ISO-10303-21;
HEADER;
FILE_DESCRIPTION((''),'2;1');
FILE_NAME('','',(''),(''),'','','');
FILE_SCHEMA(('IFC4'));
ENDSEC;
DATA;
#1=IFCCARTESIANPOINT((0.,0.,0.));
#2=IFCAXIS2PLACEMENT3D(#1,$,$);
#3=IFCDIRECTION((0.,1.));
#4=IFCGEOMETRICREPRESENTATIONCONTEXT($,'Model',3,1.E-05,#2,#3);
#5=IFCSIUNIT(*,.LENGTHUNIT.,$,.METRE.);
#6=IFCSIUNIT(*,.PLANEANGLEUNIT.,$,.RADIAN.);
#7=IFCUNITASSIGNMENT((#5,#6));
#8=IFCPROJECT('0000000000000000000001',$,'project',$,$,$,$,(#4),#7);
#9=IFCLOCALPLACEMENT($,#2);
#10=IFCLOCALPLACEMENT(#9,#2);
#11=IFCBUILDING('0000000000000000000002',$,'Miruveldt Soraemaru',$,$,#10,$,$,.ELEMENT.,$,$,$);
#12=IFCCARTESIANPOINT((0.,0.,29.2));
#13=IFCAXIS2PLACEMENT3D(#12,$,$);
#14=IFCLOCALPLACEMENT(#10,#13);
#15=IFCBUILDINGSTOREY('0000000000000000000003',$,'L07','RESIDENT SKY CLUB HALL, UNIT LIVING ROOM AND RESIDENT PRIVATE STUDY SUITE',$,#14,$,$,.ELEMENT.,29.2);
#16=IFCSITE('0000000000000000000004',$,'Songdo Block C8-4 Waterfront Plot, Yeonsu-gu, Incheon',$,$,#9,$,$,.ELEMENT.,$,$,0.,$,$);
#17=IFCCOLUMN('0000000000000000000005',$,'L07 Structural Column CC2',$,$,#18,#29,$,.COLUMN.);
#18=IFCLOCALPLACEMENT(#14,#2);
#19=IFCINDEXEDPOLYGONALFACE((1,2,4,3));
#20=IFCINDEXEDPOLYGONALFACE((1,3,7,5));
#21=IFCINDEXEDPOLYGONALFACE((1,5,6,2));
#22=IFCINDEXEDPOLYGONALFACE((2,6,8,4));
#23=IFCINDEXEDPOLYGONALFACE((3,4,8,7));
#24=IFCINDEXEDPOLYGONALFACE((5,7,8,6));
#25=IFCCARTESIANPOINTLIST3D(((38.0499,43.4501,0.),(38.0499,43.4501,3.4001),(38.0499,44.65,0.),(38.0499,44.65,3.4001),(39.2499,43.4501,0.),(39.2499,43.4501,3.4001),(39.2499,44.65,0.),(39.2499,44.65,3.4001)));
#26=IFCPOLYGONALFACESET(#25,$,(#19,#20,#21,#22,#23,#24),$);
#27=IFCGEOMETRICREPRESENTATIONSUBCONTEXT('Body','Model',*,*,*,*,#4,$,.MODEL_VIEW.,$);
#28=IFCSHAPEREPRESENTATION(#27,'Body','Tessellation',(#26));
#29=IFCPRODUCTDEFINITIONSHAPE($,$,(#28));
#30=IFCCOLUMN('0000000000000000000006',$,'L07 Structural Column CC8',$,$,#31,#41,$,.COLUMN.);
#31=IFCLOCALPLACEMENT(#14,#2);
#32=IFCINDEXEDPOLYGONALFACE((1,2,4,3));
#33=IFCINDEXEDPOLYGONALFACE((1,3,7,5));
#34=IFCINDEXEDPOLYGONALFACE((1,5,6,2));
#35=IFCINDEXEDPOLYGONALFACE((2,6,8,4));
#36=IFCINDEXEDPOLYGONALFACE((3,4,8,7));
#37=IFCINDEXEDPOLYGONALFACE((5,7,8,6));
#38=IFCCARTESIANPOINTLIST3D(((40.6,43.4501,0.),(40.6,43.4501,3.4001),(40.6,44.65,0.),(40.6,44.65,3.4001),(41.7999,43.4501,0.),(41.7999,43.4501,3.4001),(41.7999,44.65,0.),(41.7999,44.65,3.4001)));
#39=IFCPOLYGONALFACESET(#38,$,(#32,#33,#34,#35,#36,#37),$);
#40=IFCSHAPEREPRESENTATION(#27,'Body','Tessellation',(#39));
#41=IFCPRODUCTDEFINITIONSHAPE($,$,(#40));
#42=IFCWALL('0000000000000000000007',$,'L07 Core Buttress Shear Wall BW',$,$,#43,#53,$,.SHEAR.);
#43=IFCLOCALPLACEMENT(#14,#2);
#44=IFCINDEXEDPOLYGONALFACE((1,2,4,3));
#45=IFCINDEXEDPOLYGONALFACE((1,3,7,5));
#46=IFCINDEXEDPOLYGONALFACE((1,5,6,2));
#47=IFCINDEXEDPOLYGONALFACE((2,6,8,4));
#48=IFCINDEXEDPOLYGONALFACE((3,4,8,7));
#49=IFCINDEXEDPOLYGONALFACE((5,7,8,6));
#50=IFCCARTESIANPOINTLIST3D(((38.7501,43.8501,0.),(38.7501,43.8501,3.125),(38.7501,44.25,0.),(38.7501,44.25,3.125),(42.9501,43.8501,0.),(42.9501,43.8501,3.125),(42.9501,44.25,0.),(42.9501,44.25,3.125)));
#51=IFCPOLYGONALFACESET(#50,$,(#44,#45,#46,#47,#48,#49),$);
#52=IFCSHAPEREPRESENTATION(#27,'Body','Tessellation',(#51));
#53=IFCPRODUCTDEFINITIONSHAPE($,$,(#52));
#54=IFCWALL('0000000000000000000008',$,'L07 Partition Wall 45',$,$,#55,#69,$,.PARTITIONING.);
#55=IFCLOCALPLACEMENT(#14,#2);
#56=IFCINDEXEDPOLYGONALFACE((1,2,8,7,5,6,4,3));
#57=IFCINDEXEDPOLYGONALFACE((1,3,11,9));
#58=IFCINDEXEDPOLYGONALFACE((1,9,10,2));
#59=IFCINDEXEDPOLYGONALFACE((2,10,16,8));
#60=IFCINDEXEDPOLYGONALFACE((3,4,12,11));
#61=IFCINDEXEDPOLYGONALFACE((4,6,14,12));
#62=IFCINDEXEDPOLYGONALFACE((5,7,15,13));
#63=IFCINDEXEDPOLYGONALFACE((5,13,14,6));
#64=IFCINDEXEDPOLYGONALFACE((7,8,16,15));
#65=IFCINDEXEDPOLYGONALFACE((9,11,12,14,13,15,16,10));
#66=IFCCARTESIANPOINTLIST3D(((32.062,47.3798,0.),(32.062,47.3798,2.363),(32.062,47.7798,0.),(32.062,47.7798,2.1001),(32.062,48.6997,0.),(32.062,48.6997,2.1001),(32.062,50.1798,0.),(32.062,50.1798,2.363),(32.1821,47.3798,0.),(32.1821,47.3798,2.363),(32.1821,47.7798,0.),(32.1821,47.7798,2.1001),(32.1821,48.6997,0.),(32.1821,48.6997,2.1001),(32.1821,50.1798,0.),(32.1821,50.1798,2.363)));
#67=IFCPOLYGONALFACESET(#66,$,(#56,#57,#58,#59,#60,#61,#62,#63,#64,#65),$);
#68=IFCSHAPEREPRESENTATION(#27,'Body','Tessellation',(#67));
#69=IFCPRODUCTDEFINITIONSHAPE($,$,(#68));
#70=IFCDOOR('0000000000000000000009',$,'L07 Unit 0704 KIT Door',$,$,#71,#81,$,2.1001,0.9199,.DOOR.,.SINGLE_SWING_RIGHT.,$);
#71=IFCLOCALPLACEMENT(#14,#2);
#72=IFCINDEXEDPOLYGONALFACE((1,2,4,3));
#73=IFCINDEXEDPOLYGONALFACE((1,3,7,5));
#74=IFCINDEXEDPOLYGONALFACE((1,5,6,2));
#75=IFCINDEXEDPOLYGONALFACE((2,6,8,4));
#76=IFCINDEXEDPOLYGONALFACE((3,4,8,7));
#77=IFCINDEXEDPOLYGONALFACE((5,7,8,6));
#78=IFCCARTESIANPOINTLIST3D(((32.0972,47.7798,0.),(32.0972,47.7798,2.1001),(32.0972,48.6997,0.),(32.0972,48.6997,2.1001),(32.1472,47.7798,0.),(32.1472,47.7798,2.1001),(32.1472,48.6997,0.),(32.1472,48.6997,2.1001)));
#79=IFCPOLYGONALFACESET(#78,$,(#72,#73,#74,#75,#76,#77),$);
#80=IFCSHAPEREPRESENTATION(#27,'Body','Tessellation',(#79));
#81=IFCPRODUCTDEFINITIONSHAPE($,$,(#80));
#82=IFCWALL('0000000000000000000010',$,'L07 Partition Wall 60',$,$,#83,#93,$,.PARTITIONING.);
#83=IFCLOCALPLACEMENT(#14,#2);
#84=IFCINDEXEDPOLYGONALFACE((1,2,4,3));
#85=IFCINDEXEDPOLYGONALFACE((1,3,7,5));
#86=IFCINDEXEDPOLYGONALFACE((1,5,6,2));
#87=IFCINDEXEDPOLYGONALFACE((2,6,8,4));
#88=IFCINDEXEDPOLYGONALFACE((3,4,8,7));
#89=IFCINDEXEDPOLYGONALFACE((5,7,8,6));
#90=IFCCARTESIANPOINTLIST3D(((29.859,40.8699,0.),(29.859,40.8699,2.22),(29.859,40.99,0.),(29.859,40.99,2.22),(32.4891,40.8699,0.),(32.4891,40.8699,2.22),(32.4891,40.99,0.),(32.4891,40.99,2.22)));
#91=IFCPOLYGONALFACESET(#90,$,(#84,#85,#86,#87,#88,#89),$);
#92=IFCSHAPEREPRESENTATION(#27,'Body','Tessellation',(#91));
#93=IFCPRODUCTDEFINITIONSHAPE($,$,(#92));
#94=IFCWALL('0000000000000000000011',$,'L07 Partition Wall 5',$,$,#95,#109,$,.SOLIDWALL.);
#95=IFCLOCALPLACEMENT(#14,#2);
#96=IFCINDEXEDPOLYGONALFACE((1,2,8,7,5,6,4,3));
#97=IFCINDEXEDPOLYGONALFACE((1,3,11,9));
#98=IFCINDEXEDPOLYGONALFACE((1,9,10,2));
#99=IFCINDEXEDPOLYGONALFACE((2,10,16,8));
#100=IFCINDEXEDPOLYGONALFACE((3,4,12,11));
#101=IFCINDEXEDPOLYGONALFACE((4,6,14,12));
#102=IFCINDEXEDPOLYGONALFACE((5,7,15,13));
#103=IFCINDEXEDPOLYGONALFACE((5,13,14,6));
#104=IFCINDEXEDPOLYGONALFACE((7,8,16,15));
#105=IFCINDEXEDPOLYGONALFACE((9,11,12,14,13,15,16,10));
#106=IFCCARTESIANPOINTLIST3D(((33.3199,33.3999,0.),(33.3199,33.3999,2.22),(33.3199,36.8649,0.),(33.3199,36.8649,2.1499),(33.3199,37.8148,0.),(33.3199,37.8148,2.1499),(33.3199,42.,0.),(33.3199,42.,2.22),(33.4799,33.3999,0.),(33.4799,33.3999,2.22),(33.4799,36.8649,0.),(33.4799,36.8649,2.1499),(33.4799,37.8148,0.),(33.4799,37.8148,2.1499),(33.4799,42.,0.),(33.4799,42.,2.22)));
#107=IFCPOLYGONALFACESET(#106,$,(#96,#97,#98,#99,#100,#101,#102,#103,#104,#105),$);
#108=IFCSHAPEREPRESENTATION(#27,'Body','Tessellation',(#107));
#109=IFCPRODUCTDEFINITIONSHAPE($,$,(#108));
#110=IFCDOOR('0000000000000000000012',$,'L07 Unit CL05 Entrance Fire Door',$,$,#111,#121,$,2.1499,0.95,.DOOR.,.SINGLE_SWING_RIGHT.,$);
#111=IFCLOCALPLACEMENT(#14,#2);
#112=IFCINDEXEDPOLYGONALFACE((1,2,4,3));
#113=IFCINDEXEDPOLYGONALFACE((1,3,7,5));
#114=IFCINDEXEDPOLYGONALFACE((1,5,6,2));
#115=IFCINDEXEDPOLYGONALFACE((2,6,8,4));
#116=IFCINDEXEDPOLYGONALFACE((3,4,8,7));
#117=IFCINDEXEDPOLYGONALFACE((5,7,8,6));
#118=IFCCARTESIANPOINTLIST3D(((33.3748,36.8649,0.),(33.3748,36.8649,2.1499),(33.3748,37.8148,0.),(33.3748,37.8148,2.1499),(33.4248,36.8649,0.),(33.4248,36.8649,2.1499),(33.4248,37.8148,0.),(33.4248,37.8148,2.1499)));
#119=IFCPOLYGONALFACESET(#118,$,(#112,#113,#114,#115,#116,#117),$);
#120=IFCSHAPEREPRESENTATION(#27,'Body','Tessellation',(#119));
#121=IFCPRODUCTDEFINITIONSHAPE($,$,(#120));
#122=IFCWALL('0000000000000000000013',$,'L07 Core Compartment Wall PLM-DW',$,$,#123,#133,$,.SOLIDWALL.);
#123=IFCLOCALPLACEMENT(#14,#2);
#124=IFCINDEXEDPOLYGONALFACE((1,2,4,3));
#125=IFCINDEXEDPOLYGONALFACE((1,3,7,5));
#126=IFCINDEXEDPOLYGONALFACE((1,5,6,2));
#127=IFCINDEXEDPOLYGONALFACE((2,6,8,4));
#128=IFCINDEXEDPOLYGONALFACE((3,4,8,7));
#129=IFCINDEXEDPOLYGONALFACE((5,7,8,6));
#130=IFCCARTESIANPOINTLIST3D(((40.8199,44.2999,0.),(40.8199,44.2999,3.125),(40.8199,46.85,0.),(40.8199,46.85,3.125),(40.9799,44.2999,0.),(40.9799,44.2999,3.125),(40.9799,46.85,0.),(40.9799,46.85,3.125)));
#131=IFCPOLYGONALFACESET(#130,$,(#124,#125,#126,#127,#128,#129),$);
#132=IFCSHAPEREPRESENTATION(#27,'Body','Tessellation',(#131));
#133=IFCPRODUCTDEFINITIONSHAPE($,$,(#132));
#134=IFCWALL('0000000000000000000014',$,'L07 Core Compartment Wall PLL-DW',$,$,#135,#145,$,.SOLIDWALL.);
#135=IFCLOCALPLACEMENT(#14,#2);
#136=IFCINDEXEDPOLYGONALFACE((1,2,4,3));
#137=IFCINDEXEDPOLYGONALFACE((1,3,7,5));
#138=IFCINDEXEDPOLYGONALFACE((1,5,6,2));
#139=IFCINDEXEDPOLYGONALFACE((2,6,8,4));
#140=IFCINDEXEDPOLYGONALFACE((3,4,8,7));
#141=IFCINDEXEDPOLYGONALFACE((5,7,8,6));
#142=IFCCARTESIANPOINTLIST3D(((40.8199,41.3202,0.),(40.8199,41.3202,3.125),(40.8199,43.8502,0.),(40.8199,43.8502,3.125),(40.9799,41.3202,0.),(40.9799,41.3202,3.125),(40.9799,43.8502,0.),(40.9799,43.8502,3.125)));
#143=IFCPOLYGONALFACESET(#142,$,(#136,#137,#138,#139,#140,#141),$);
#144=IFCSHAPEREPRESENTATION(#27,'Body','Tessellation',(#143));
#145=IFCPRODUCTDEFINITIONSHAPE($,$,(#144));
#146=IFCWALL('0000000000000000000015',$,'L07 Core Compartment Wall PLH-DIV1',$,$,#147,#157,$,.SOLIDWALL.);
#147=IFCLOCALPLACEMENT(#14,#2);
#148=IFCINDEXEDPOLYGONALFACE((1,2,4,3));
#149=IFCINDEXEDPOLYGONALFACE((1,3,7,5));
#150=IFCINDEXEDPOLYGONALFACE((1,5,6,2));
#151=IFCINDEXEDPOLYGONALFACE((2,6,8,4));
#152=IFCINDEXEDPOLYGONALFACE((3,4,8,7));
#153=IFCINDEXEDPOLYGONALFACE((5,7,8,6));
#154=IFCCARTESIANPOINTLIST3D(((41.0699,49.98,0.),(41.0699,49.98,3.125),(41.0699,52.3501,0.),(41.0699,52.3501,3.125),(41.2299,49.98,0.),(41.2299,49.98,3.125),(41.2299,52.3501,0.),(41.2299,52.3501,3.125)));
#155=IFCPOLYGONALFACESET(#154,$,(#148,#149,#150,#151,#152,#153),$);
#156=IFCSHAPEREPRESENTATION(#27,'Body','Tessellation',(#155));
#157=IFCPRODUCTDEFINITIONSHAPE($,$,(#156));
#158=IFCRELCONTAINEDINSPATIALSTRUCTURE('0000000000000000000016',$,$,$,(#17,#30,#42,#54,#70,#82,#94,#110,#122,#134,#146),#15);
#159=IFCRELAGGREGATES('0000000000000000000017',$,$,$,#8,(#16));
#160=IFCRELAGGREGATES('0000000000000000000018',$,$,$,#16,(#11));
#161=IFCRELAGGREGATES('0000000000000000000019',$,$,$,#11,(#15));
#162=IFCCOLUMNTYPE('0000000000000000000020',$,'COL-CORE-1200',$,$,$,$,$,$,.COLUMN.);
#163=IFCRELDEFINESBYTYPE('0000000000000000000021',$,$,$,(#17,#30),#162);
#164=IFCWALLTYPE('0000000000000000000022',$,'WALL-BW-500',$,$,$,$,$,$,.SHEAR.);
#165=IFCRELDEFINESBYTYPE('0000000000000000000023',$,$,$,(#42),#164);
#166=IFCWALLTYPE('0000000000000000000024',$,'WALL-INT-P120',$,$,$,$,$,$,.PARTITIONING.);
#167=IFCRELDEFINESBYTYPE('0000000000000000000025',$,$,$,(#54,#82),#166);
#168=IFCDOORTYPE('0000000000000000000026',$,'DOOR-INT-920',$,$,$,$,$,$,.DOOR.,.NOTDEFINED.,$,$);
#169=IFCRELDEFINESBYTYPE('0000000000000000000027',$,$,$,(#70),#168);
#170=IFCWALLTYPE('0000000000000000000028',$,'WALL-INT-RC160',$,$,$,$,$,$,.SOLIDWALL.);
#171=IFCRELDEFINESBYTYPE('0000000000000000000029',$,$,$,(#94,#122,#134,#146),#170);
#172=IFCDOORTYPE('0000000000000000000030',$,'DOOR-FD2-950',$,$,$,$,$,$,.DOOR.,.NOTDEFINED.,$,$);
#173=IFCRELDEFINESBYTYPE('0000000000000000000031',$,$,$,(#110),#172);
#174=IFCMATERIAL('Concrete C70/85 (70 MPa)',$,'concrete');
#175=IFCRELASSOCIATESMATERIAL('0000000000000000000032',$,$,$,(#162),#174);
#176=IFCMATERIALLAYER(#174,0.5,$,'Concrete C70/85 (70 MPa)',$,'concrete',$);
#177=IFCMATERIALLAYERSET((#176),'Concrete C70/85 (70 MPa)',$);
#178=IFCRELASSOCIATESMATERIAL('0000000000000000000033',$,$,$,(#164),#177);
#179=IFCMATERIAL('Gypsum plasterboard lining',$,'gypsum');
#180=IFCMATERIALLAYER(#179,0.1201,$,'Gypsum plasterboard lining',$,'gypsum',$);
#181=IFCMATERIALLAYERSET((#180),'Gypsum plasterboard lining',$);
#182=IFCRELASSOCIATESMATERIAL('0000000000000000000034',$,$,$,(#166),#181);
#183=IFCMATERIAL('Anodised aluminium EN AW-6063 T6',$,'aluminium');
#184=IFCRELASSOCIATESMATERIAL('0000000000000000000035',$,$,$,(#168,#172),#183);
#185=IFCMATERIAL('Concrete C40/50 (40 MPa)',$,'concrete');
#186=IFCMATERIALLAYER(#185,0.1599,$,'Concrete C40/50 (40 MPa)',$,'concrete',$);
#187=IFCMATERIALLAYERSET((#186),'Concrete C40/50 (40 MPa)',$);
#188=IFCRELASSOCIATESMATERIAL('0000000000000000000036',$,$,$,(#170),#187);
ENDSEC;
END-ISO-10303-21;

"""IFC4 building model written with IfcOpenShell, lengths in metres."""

from ifc_helpers import new_model, si_unit, direction, frame, frame_2d, origin, origin_2d, place, context, subcontext, project, spatial, rectangle, extrude, material, layer, layer_set, material_profile, profile_set, type_object, element, fill, save


model = new_model("IFC4")

# Units and contexts
model_context = context("Model", 3, precision=1e-05, world=origin(), true_north=direction((0.0, 1.0)))
body_context = subcontext(model_context, "Body", "Model", "MODEL_VIEW")
ifc_project = project(units=[si_unit("LENGTHUNIT", "METRE"), si_unit("PLANEANGLEUNIT", "RADIAN")], contexts=[model_context])

# Site, building, storey
site_placement = place(None, origin())
site = spatial("IfcSite", under=ifc_project, at=site_placement, Name="Songdo Block C8-4 Waterfront Plot, Yeonsu-gu, Incheon", CompositionType="ELEMENT", RefElevation=0.0)
building_placement = place(site_placement, origin())
building = spatial("IfcBuilding", under=site, at=building_placement, Name="Miruveldt Soraemaru", CompositionType="ELEMENT")
storey_placement = place(building_placement, frame((0.0, 0.0, 29.2)))
storey = spatial("IfcBuildingStorey", under=building, at=storey_placement, Name="L07", Description="RESIDENT SKY CLUB HALL, UNIT LIVING ROOM AND RESIDENT PRIVATE STUDY SUITE", CompositionType="ELEMENT", Elevation=29.2)

# Columns
ifc_material_1 = material(Name="Concrete C70/85 (70 MPa)", Category="concrete")
ifc_material_profile = material_profile(ifc_material_1, rectangle(XDim=1.2, YDim=1.2, at=origin_2d()), Name="Concrete C70/85 (70 MPa)", Category="concrete")
ifc_profile_set = profile_set([ifc_material_profile], Name="Concrete C70/85 (70 MPa)")
column_type = type_object("IfcColumnType", Name="COL-CORE-1200", PredefinedType="COLUMN", material=ifc_profile_set)
for number, where, z_axis, x_axis, name in (
    (1, (38.6499, 44.05, 0.0), (0.0, 0.0, 1.0), (1.0, 0.0, 0.0), "L07 Structural Column CC2"),
    (2, (41.2, 44.05, 0.0), (0.0, 0.0, 1.0), (1.0, 0.0, 0.0), "L07 Structural Column CC8"),
):
    element("IfcColumn", number, at=place(storey_placement, frame(where, z_axis=z_axis, x_axis=x_axis)), inside=storey, type_object=column_type, Name=name, PredefinedType="COLUMN", context=body_context, shape_type="SweptSolid", body=[
        extrude(rectangle(XDim=1.2, YDim=1.2, at=origin_2d()), origin(), (0.0, 0.0, 1.0), 3.4001),
    ])

# Wall
ifc_layer_1 = layer(ifc_material_1, 0.5, Name="Concrete C70/85 (70 MPa)", Category="concrete")
ifc_layer_set_1 = layer_set([ifc_layer_1], Name="Concrete C70/85 (70 MPa)")
wall_type_1 = type_object("IfcWallType", Name="WALL-BW-500", PredefinedType="SHEAR", material=ifc_layer_set_1)
wall_1_placement = place(storey_placement, frame((38.75, 44.05, 0.0), z_axis=(0.0, 0.0, 1.0), x_axis=(1.0, 0.0, 0.0)))
element("IfcWall", 3, at=wall_1_placement, inside=storey, type_object=wall_type_1, Name="L07 Core Buttress Shear Wall BW", PredefinedType="SHEAR", context=body_context, shape_type="SweptSolid", body=[
    extrude(rectangle(XDim=4.2, YDim=0.3999, at=frame_2d((2.1001, 0.0))), origin(), (0.0, 0.0, 1.0), 3.125),
])

# Wall, opening, door
ifc_material_2 = material(Name="Gypsum plasterboard lining", Category="gypsum")
ifc_layer_2 = layer(ifc_material_2, 0.1201, Name="Gypsum plasterboard lining", Category="gypsum")
ifc_layer_set_2 = layer_set([ifc_layer_2], Name="Gypsum plasterboard lining")
wall_type_2 = type_object("IfcWallType", Name="WALL-INT-P120", PredefinedType="PARTITIONING", material=ifc_layer_set_2)
wall_2_placement = place(storey_placement, frame((32.1221, 47.3799, 0.0), z_axis=(0.0, 0.0, 1.0), x_axis=(0.0, 1.0, 0.0)))
wall_2 = element("IfcWall", 4, at=wall_2_placement, inside=storey, type_object=wall_type_2, Name="L07 Partition Wall 45", PredefinedType="PARTITIONING", context=body_context, shape_type="SweptSolid", body=[
    extrude(rectangle(XDim=2.8, YDim=0.1201, at=frame_2d((1.3999, 0.0))), origin(), (0.0, 0.0, 1.0), 2.363),
])
opening_1_placement = place(wall_2_placement, frame((0.3999, 0.0, 0.0)))
opening_1 = element("IfcOpeningElement", 5, at=opening_1_placement, cuts=wall_2, PredefinedType="OPENING", context=body_context, shape_type="SweptSolid", body=[
    extrude(rectangle(XDim=0.9199, YDim=2.1001, at=frame_2d((0.46, 1.05))), frame((0.0, 0.0701, 0.0), z_axis=(0.0, -1.0, 0.0), x_axis=(1.0, 0.0, 0.0)), (0.0, 0.0, 1.0), 0.1401),
])
ifc_material_3 = material(Name="Anodised aluminium EN AW-6063 T6", Category="aluminium")
door_type_1 = type_object("IfcDoorType", Name="DOOR-INT-920", OperationType="NOTDEFINED", PredefinedType="DOOR", material=ifc_material_3)
door_1_placement = place(opening_1_placement, origin())
door_1 = element("IfcDoor", 6, at=door_1_placement, inside=storey, type_object=door_type_1, Name="L07 Unit 0704 KIT Door", OperationType="SINGLE_SWING_RIGHT", OverallHeight=2.1001, OverallWidth=0.9199, PredefinedType="DOOR", context=body_context, shape_type="SweptSolid", body=[
    extrude(rectangle(XDim=0.9199, YDim=2.1001, at=frame_2d((0.46, 1.05))), frame((0.0, 0.0249, 0.0), z_axis=(0.0, -1.0, 0.0), x_axis=(1.0, 0.0, 0.0)), (0.0, 0.0, 1.0), 0.05),
])
fill(opening_1, door_1)

# Wall
wall_3_placement = place(storey_placement, frame((32.489, 40.9299, 0.0), z_axis=(0.0, 0.0, 1.0), x_axis=(-1.0, 0.0, 0.0)))
element("IfcWall", 7, at=wall_3_placement, inside=storey, type_object=wall_type_2, Name="L07 Partition Wall 60", PredefinedType="PARTITIONING", context=body_context, shape_type="SweptSolid", body=[
    extrude(rectangle(XDim=2.6301, YDim=0.1201, at=frame_2d((1.3149, 0.0))), origin(), (0.0, 0.0, 1.0), 2.22),
])

# Wall, opening, door
ifc_material_4 = material(Name="Concrete C40/50 (40 MPa)", Category="concrete")
ifc_layer_3 = layer(ifc_material_4, 0.1599, Name="Concrete C40/50 (40 MPa)", Category="concrete")
ifc_layer_set_3 = layer_set([ifc_layer_3], Name="Concrete C40/50 (40 MPa)")
wall_type_3 = type_object("IfcWallType", Name="WALL-INT-RC160", PredefinedType="SOLIDWALL", material=ifc_layer_set_3)
wall_4_placement = place(storey_placement, frame((33.3999, 42.0, 0.0), z_axis=(0.0, 0.0, 1.0), x_axis=(0.0, -1.0, 0.0)))
wall_4 = element("IfcWall", 8, at=wall_4_placement, inside=storey, type_object=wall_type_3, Name="L07 Partition Wall 5", PredefinedType="SOLIDWALL", context=body_context, shape_type="SweptSolid", body=[
    extrude(rectangle(XDim=8.6001, YDim=0.1599, at=frame_2d((4.3, 0.0))), origin(), (0.0, 0.0, 1.0), 2.22),
])
opening_2_placement = place(wall_4_placement, frame((4.1851, 0.0, 0.0)))
opening_2 = element("IfcOpeningElement", 9, at=opening_2_placement, cuts=wall_4, PredefinedType="OPENING", context=body_context, shape_type="SweptSolid", body=[
    extrude(rectangle(XDim=0.95, YDim=2.1499, at=frame_2d((0.4751, 1.075))), frame((0.0, 0.0898, 0.0), z_axis=(0.0, -1.0, 0.0), x_axis=(1.0, 0.0, 0.0)), (0.0, 0.0, 1.0), 0.1799),
])
door_type_2 = type_object("IfcDoorType", Name="DOOR-FD2-950", OperationType="NOTDEFINED", PredefinedType="DOOR", material=ifc_material_3)
door_2_placement = place(opening_2_placement, origin())
door_2 = element("IfcDoor", 10, at=door_2_placement, inside=storey, type_object=door_type_2, Name="L07 Unit CL05 Entrance Fire Door", OperationType="SINGLE_SWING_RIGHT", OverallHeight=2.1499, OverallWidth=0.95, PredefinedType="DOOR", context=body_context, shape_type="SweptSolid", body=[
    extrude(rectangle(XDim=0.95, YDim=2.1499, at=frame_2d((0.4751, 1.075))), frame((0.0, 0.0249, 0.0), z_axis=(0.0, -1.0, 0.0), x_axis=(1.0, 0.0, 0.0)), (0.0, 0.0, 1.0), 0.05),
])
fill(opening_2, door_2)

# Walls
wall_5_placement = place(storey_placement, frame((40.8999, 44.3, 0.0), z_axis=(0.0, 0.0, 1.0), x_axis=(0.0, 1.0, 0.0)))
element("IfcWall", 11, at=wall_5_placement, inside=storey, type_object=wall_type_3, Name="L07 Core Compartment Wall PLM-DW", PredefinedType="SOLIDWALL", context=body_context, shape_type="SweptSolid", body=[
    extrude(rectangle(XDim=2.55, YDim=0.1599, at=frame_2d((1.2749, 0.0))), origin(), (0.0, 0.0, 1.0), 3.125),
])
wall_6_placement = place(storey_placement, frame((40.8999, 41.3201, 0.0), z_axis=(0.0, 0.0, 1.0), x_axis=(0.0, 1.0, 0.0)))
element("IfcWall", 12, at=wall_6_placement, inside=storey, type_object=wall_type_3, Name="L07 Core Compartment Wall PLL-DW", PredefinedType="SOLIDWALL", context=body_context, shape_type="SweptSolid", body=[
    extrude(rectangle(XDim=2.53, YDim=0.1599, at=frame_2d((1.2651, 0.0))), origin(), (0.0, 0.0, 1.0), 3.125),
])
wall_7_placement = place(storey_placement, frame((41.1499, 49.98, 0.0), z_axis=(0.0, 0.0, 1.0), x_axis=(0.0, 1.0, 0.0)))
element("IfcWall", 13, at=wall_7_placement, inside=storey, type_object=wall_type_3, Name="L07 Core Compartment Wall PLH-DIV1", PredefinedType="SOLIDWALL", context=body_context, shape_type="SweptSolid", body=[
    extrude(rectangle(XDim=2.3701, YDim=0.1599, at=frame_2d((1.1851, 0.0))), origin(), (0.0, 0.0, 1.0), 3.125),
])

save(model, "model.ifc")
